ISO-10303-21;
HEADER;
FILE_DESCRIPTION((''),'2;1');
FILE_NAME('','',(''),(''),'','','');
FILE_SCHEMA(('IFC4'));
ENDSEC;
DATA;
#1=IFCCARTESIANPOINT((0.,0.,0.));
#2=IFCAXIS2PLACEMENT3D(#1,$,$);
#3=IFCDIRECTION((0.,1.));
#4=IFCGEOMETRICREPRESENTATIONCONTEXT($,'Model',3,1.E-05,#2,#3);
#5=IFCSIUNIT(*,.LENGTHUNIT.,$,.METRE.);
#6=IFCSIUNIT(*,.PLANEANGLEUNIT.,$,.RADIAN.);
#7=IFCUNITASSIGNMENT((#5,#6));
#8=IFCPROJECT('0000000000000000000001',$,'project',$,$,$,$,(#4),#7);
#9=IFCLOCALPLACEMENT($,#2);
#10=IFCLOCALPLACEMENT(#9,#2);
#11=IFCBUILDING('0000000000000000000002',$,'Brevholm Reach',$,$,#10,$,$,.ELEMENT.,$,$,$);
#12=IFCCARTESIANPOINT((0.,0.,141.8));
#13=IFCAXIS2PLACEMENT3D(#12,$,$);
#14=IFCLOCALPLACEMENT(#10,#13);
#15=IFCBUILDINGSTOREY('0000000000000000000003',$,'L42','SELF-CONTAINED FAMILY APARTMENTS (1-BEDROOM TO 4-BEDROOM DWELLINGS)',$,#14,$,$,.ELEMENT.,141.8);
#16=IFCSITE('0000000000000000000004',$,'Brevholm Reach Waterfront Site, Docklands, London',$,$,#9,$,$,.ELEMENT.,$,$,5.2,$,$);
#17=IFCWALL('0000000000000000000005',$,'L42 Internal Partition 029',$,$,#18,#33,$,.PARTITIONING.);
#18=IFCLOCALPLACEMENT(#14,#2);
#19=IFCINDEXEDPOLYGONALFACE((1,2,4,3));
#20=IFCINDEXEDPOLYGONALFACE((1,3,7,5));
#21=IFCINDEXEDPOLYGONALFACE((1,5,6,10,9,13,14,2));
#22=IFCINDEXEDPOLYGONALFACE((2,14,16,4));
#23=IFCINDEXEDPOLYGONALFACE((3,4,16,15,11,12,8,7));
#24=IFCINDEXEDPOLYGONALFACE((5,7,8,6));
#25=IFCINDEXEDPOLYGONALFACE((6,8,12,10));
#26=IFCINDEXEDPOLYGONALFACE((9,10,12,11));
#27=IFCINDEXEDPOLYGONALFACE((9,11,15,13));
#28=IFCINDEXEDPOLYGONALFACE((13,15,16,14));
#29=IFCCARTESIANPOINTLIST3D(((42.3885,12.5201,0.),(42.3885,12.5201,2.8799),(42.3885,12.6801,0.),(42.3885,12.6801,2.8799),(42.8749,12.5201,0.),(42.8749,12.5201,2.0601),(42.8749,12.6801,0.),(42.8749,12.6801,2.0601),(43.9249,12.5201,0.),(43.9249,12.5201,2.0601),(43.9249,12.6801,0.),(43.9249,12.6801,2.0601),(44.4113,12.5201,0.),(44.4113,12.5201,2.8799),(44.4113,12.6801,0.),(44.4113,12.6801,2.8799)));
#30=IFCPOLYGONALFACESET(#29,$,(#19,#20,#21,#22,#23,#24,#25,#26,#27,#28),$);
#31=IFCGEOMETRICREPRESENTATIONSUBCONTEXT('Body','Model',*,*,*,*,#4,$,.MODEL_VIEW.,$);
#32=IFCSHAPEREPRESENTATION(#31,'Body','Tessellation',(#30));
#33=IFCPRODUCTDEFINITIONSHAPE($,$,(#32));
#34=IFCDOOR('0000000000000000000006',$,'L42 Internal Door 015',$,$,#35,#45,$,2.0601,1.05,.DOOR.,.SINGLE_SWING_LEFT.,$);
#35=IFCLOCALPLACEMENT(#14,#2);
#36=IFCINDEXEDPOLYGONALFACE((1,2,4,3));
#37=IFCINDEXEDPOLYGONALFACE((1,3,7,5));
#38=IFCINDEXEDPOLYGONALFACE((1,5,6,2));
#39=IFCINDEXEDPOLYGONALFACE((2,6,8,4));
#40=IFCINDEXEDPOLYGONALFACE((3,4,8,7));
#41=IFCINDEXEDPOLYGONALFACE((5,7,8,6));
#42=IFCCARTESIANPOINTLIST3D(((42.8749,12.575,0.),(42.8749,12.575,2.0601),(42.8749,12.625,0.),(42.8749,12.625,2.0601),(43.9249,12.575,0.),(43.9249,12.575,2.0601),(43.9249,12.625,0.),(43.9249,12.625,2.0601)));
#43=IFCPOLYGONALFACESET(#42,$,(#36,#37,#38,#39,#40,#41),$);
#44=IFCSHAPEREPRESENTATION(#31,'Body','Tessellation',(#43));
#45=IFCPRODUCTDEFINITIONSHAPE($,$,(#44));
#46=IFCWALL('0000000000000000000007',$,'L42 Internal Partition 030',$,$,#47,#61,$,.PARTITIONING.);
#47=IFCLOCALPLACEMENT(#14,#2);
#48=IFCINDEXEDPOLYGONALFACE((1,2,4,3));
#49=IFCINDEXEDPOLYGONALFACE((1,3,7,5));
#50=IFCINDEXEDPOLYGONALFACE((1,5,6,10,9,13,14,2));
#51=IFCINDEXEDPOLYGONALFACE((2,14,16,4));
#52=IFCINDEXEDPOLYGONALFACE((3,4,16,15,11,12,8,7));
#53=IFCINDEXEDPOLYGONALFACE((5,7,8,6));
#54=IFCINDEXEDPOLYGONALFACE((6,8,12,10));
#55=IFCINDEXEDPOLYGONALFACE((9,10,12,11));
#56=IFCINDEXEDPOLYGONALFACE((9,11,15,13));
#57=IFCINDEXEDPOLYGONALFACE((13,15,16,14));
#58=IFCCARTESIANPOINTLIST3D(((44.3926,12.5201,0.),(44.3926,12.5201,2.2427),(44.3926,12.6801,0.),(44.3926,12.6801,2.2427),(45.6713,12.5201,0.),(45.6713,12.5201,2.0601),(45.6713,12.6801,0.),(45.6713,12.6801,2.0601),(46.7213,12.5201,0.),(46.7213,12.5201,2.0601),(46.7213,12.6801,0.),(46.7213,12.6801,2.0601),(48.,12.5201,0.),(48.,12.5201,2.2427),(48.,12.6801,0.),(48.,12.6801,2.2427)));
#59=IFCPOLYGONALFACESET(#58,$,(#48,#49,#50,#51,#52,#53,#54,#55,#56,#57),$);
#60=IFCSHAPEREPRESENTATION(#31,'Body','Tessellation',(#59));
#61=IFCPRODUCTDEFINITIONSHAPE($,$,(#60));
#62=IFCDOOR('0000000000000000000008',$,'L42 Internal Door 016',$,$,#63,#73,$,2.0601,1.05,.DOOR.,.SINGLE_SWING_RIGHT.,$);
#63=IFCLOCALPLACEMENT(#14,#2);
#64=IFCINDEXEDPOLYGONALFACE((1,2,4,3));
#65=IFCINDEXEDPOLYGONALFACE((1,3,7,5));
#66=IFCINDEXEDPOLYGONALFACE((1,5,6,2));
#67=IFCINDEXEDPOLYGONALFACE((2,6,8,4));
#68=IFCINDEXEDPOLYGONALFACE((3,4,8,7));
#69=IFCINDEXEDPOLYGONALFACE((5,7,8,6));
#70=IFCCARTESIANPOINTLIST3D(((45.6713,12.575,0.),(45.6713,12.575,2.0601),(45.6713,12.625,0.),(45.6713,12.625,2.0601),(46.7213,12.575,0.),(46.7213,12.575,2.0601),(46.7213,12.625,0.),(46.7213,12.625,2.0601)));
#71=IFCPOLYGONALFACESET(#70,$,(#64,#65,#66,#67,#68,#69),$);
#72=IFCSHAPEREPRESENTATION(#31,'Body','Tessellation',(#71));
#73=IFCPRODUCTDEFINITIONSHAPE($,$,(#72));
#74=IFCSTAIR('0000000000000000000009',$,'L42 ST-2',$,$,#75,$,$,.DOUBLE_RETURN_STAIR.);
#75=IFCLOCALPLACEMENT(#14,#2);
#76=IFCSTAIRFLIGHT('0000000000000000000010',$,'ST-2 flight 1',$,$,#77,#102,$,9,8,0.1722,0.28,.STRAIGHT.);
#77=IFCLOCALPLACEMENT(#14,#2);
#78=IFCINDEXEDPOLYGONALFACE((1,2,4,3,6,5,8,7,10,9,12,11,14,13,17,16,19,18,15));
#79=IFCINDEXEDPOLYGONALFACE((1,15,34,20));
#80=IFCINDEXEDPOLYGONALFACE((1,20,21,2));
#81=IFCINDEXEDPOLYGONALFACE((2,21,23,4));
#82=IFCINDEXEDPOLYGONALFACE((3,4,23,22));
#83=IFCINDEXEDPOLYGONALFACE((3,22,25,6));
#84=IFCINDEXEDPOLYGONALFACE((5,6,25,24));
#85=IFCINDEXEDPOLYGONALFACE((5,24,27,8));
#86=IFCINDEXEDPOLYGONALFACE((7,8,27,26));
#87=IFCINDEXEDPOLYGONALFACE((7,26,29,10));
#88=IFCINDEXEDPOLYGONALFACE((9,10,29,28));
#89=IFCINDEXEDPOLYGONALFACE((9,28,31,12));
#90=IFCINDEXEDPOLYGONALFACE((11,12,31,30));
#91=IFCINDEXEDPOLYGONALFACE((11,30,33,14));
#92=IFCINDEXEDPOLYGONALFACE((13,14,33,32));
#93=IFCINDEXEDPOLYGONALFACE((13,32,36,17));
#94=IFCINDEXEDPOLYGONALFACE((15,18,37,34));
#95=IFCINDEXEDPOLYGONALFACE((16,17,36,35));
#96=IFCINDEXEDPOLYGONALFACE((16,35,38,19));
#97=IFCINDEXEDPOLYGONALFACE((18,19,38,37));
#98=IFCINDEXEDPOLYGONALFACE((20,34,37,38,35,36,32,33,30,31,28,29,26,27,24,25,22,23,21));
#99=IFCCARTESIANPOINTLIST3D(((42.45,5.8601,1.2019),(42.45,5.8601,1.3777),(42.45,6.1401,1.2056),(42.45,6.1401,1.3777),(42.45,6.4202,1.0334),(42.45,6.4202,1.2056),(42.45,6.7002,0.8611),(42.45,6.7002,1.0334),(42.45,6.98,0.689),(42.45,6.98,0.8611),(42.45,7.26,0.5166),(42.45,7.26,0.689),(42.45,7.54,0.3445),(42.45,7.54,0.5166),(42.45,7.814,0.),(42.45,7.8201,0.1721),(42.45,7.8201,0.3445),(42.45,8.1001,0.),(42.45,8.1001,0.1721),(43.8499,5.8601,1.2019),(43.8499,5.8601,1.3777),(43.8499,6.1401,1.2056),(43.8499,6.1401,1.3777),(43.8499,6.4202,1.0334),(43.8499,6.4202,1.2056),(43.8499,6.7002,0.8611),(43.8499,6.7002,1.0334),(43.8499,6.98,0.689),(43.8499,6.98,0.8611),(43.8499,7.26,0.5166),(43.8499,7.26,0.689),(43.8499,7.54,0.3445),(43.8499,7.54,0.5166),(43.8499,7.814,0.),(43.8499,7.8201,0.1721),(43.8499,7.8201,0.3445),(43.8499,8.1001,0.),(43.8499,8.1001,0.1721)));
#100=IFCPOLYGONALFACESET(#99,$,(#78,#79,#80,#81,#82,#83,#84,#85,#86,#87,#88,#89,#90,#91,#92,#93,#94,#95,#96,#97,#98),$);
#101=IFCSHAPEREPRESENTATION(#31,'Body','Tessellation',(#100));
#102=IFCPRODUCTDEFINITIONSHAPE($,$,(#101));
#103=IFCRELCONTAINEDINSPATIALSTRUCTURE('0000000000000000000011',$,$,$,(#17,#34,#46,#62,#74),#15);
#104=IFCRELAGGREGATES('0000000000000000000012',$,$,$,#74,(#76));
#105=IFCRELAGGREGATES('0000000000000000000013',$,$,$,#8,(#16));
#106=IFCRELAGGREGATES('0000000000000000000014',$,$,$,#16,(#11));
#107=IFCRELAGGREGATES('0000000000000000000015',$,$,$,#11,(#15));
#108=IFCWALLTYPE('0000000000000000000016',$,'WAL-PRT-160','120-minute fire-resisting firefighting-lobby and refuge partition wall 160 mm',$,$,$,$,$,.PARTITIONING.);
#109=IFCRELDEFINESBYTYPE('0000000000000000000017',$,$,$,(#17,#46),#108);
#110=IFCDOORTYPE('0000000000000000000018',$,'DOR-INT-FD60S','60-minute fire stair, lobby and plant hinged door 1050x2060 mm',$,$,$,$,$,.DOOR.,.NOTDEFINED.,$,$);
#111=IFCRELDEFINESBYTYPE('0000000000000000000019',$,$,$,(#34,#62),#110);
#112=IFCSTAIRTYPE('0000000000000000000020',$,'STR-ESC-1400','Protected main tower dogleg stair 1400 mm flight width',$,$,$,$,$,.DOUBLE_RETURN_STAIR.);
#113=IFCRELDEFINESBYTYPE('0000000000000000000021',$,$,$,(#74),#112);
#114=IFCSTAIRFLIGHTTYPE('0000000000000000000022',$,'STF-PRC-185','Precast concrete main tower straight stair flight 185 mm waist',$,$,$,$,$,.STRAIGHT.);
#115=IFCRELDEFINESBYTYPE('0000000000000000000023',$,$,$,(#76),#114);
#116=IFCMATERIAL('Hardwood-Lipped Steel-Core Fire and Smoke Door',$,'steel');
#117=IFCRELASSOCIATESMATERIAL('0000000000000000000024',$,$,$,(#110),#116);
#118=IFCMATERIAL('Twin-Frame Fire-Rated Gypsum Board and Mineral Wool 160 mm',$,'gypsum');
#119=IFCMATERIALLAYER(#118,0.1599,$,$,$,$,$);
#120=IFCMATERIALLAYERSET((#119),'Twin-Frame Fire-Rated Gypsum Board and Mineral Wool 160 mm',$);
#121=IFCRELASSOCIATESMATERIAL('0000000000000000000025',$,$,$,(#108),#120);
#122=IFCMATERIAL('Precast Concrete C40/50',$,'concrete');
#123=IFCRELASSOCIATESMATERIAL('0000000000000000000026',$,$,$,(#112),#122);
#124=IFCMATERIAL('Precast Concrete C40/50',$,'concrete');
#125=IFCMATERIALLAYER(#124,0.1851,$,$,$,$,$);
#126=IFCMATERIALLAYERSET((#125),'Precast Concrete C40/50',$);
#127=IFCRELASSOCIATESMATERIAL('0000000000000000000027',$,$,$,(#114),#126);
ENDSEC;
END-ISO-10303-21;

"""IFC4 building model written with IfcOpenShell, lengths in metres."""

from ifc_helpers import new_model, si_unit, direction, frame, frame_2d, origin, place, context, subcontext, project, spatial, polyline, rectangle, outline, extrude, material, layer, layer_set, type_object, element, fill, aggregate, save


model = new_model("IFC4")

# Units and contexts
model_context = context("Model", 3, precision=1e-05, world=origin(), true_north=direction((0.0, 1.0)))
body_context = subcontext(model_context, "Body", "Model", "MODEL_VIEW")
ifc_project = project(units=[si_unit("LENGTHUNIT", "METRE"), si_unit("PLANEANGLEUNIT", "RADIAN")], contexts=[model_context])

# Site, building, storey
site_placement = place(None, origin())
site = spatial("IfcSite", under=ifc_project, at=site_placement, Name="Brevholm Reach Waterfront Site, Docklands, London", CompositionType="ELEMENT", RefElevation=5.2)
building_placement = place(site_placement, origin())
building = spatial("IfcBuilding", under=site, at=building_placement, Name="Brevholm Reach", CompositionType="ELEMENT")
storey_placement = place(building_placement, frame((0.0, 0.0, 141.8)))
storey = spatial("IfcBuildingStorey", under=building, at=storey_placement, Name="L42", Description="SELF-CONTAINED FAMILY APARTMENTS (1-BEDROOM TO 4-BEDROOM DWELLINGS)", CompositionType="ELEMENT", Elevation=141.8)

# Shared definitions
ifc_material_1 = material(Name="Hardwood-Lipped Steel-Core Fire and Smoke Door", Category="steel")
door_type_1 = type_object("IfcDoorType", Name="DOR-INT-FD60S", Description="60-minute fire stair, lobby and plant hinged door 1050x2060 mm", OperationType="NOTDEFINED", PredefinedType="DOOR", material=ifc_material_1)

# Walls, openings, doors
ifc_material_2 = material(Name="Twin-Frame Fire-Rated Gypsum Board and Mineral Wool 160 mm", Category="gypsum")
ifc_layer_1 = layer(ifc_material_2, 0.1599)
ifc_layer_set_1 = layer_set([ifc_layer_1], Name="Twin-Frame Fire-Rated Gypsum Board and Mineral Wool 160 mm")
wall_type_1 = type_object("IfcWallType", Name="WAL-PRT-160", Description="120-minute fire-resisting firefighting-lobby and refuge partition wall 160 mm", PredefinedType="PARTITIONING", material=ifc_layer_set_1)
wall_1_placement = place(storey_placement, frame((42.3887, 12.6001, 0.0), z_axis=(0.0, 0.0, 1.0), x_axis=(1.0, 0.0, 0.0)))
wall_1 = element("IfcWall", 1, at=wall_1_placement, inside=storey, type_object=wall_type_1, Name="L42 Internal Partition 029", PredefinedType="PARTITIONING", context=body_context, shape_type="SweptSolid", body=[
    extrude(rectangle(XDim=2.0227, YDim=0.1599, at=frame_2d((1.0112, 0.0))), origin(), (0.0, 0.0, 1.0), 2.8799),
])
opening_1_placement = place(wall_1_placement, frame((0.4863, 0.0, 0.0)))
opening_1 = element("IfcOpeningElement", 2, at=opening_1_placement, cuts=wall_1, PredefinedType="OPENING", context=body_context, shape_type="SweptSolid", body=[
    extrude(rectangle(XDim=1.05, YDim=2.0601, at=frame_2d((0.5249, 1.03))), frame((0.0, 0.0898, 0.0), z_axis=(0.0, -1.0, 0.0), x_axis=(1.0, 0.0, 0.0)), (0.0, 0.0, 1.0), 0.1799),
])
door_1_placement = place(opening_1_placement, origin())
door_1 = element("IfcDoor", 3, at=door_1_placement, inside=storey, type_object=door_type_1, Name="L42 Internal Door 015", OperationType="SINGLE_SWING_LEFT", OverallHeight=2.0601, OverallWidth=1.05, PredefinedType="DOOR", context=body_context, shape_type="SweptSolid", body=[
    extrude(rectangle(XDim=1.05, YDim=2.0601, at=frame_2d((0.5249, 1.03))), frame((0.0, 0.0249, 0.0), z_axis=(0.0, -1.0, 0.0), x_axis=(1.0, 0.0, 0.0)), (0.0, 0.0, 1.0), 0.05),
])
fill(opening_1, door_1)
wall_2_placement = place(storey_placement, frame((44.3926, 12.6001, 0.0), z_axis=(0.0, 0.0, 1.0), x_axis=(1.0, 0.0, 0.0)))
wall_2 = element("IfcWall", 4, at=wall_2_placement, inside=storey, type_object=wall_type_1, Name="L42 Internal Partition 030", PredefinedType="PARTITIONING", context=body_context, shape_type="SweptSolid", body=[
    extrude(rectangle(XDim=3.6074, YDim=0.1599, at=frame_2d((1.8037, 0.0))), origin(), (0.0, 0.0, 1.0), 2.2427),
])
opening_2_placement = place(wall_2_placement, frame((1.2788, 0.0, 0.0)))
opening_2 = element("IfcOpeningElement", 5, at=opening_2_placement, cuts=wall_2, PredefinedType="OPENING", context=body_context, shape_type="SweptSolid", body=[
    extrude(rectangle(XDim=1.05, YDim=2.0601, at=frame_2d((0.5249, 1.03))), frame((0.0, 0.0898, 0.0), z_axis=(0.0, -1.0, 0.0), x_axis=(1.0, 0.0, 0.0)), (0.0, 0.0, 1.0), 0.1799),
])
door_2_placement = place(opening_2_placement, origin())
door_2 = element("IfcDoor", 6, at=door_2_placement, inside=storey, type_object=door_type_1, Name="L42 Internal Door 016", OperationType="SINGLE_SWING_RIGHT", OverallHeight=2.0601, OverallWidth=1.05, PredefinedType="DOOR", context=body_context, shape_type="SweptSolid", body=[
    extrude(rectangle(XDim=1.05, YDim=2.0601, at=frame_2d((0.5249, 1.03))), frame((0.0, 0.0249, 0.0), z_axis=(0.0, -1.0, 0.0), x_axis=(1.0, 0.0, 0.0)), (0.0, 0.0, 1.0), 0.05),
])
fill(opening_2, door_2)

# Stair, stair flight
ifc_material_3 = material(Name="Precast Concrete C40/50", Category="concrete")
stair_type = type_object("IfcStairType", Name="STR-ESC-1400", Description="Protected main tower dogleg stair 1400 mm flight width", PredefinedType="DOUBLE_RETURN_STAIR", material=ifc_material_3)
stair_placement = place(storey_placement, origin())
stair = element("IfcStair", 7, at=stair_placement, inside=storey, type_object=stair_type, Name="L42 ST-2", PredefinedType="DOUBLE_RETURN_STAIR")
ifc_material_4 = material(Name="Precast Concrete C40/50", Category="concrete")
ifc_layer_2 = layer(ifc_material_4, 0.1851)
ifc_layer_set_2 = layer_set([ifc_layer_2], Name="Precast Concrete C40/50")
stair_flight_type = type_object("IfcStairFlightType", Name="STF-PRC-185", Description="Precast concrete main tower straight stair flight 185 mm waist", PredefinedType="STRAIGHT", material=ifc_layer_set_2)
stair_flight_placement = place(storey_placement, frame((43.1499, 8.1001, 0.0), z_axis=(0.0, 0.0, 1.0), x_axis=(0.0, -1.0, 0.0)))
stair_flight = element("IfcStairFlight", 8, at=stair_flight_placement, type_object=stair_flight_type, Name="ST-2 flight 1", NumberOfRisers=9, NumberOfTreads=8, PredefinedType="STRAIGHT", RiserHeight=0.1722, TreadLength=0.28, context=body_context, shape_type="SweptSolid", body=[
    extrude(outline(polyline([(0.0, 0.0), (0.0, 0.1721), (0.28, 0.1721), (0.28, 0.3445), (0.5601, 0.3445), (0.5601, 0.5166), (0.8401, 0.5166), (0.8401, 0.689), (1.1201, 0.689), (1.1201, 0.8611), (1.3999, 0.8611), (1.3999, 1.0334), (1.6799, 1.0334), (1.6799, 1.2056), (1.96, 1.2056), (1.96, 1.3777), (2.24, 1.3777), (2.24, 1.55), (2.24, 1.2019), (0.2861, 0.0), (0.0, 0.0)])), frame((0.0, 0.7, 0.0), z_axis=(0.0, -1.0, 0.0), x_axis=(1.0, 0.0, 0.0)), (0.0, 0.0, 1.0), 1.3999),
])
aggregate(stair, [stair_flight])

save(model, "model.ifc")
